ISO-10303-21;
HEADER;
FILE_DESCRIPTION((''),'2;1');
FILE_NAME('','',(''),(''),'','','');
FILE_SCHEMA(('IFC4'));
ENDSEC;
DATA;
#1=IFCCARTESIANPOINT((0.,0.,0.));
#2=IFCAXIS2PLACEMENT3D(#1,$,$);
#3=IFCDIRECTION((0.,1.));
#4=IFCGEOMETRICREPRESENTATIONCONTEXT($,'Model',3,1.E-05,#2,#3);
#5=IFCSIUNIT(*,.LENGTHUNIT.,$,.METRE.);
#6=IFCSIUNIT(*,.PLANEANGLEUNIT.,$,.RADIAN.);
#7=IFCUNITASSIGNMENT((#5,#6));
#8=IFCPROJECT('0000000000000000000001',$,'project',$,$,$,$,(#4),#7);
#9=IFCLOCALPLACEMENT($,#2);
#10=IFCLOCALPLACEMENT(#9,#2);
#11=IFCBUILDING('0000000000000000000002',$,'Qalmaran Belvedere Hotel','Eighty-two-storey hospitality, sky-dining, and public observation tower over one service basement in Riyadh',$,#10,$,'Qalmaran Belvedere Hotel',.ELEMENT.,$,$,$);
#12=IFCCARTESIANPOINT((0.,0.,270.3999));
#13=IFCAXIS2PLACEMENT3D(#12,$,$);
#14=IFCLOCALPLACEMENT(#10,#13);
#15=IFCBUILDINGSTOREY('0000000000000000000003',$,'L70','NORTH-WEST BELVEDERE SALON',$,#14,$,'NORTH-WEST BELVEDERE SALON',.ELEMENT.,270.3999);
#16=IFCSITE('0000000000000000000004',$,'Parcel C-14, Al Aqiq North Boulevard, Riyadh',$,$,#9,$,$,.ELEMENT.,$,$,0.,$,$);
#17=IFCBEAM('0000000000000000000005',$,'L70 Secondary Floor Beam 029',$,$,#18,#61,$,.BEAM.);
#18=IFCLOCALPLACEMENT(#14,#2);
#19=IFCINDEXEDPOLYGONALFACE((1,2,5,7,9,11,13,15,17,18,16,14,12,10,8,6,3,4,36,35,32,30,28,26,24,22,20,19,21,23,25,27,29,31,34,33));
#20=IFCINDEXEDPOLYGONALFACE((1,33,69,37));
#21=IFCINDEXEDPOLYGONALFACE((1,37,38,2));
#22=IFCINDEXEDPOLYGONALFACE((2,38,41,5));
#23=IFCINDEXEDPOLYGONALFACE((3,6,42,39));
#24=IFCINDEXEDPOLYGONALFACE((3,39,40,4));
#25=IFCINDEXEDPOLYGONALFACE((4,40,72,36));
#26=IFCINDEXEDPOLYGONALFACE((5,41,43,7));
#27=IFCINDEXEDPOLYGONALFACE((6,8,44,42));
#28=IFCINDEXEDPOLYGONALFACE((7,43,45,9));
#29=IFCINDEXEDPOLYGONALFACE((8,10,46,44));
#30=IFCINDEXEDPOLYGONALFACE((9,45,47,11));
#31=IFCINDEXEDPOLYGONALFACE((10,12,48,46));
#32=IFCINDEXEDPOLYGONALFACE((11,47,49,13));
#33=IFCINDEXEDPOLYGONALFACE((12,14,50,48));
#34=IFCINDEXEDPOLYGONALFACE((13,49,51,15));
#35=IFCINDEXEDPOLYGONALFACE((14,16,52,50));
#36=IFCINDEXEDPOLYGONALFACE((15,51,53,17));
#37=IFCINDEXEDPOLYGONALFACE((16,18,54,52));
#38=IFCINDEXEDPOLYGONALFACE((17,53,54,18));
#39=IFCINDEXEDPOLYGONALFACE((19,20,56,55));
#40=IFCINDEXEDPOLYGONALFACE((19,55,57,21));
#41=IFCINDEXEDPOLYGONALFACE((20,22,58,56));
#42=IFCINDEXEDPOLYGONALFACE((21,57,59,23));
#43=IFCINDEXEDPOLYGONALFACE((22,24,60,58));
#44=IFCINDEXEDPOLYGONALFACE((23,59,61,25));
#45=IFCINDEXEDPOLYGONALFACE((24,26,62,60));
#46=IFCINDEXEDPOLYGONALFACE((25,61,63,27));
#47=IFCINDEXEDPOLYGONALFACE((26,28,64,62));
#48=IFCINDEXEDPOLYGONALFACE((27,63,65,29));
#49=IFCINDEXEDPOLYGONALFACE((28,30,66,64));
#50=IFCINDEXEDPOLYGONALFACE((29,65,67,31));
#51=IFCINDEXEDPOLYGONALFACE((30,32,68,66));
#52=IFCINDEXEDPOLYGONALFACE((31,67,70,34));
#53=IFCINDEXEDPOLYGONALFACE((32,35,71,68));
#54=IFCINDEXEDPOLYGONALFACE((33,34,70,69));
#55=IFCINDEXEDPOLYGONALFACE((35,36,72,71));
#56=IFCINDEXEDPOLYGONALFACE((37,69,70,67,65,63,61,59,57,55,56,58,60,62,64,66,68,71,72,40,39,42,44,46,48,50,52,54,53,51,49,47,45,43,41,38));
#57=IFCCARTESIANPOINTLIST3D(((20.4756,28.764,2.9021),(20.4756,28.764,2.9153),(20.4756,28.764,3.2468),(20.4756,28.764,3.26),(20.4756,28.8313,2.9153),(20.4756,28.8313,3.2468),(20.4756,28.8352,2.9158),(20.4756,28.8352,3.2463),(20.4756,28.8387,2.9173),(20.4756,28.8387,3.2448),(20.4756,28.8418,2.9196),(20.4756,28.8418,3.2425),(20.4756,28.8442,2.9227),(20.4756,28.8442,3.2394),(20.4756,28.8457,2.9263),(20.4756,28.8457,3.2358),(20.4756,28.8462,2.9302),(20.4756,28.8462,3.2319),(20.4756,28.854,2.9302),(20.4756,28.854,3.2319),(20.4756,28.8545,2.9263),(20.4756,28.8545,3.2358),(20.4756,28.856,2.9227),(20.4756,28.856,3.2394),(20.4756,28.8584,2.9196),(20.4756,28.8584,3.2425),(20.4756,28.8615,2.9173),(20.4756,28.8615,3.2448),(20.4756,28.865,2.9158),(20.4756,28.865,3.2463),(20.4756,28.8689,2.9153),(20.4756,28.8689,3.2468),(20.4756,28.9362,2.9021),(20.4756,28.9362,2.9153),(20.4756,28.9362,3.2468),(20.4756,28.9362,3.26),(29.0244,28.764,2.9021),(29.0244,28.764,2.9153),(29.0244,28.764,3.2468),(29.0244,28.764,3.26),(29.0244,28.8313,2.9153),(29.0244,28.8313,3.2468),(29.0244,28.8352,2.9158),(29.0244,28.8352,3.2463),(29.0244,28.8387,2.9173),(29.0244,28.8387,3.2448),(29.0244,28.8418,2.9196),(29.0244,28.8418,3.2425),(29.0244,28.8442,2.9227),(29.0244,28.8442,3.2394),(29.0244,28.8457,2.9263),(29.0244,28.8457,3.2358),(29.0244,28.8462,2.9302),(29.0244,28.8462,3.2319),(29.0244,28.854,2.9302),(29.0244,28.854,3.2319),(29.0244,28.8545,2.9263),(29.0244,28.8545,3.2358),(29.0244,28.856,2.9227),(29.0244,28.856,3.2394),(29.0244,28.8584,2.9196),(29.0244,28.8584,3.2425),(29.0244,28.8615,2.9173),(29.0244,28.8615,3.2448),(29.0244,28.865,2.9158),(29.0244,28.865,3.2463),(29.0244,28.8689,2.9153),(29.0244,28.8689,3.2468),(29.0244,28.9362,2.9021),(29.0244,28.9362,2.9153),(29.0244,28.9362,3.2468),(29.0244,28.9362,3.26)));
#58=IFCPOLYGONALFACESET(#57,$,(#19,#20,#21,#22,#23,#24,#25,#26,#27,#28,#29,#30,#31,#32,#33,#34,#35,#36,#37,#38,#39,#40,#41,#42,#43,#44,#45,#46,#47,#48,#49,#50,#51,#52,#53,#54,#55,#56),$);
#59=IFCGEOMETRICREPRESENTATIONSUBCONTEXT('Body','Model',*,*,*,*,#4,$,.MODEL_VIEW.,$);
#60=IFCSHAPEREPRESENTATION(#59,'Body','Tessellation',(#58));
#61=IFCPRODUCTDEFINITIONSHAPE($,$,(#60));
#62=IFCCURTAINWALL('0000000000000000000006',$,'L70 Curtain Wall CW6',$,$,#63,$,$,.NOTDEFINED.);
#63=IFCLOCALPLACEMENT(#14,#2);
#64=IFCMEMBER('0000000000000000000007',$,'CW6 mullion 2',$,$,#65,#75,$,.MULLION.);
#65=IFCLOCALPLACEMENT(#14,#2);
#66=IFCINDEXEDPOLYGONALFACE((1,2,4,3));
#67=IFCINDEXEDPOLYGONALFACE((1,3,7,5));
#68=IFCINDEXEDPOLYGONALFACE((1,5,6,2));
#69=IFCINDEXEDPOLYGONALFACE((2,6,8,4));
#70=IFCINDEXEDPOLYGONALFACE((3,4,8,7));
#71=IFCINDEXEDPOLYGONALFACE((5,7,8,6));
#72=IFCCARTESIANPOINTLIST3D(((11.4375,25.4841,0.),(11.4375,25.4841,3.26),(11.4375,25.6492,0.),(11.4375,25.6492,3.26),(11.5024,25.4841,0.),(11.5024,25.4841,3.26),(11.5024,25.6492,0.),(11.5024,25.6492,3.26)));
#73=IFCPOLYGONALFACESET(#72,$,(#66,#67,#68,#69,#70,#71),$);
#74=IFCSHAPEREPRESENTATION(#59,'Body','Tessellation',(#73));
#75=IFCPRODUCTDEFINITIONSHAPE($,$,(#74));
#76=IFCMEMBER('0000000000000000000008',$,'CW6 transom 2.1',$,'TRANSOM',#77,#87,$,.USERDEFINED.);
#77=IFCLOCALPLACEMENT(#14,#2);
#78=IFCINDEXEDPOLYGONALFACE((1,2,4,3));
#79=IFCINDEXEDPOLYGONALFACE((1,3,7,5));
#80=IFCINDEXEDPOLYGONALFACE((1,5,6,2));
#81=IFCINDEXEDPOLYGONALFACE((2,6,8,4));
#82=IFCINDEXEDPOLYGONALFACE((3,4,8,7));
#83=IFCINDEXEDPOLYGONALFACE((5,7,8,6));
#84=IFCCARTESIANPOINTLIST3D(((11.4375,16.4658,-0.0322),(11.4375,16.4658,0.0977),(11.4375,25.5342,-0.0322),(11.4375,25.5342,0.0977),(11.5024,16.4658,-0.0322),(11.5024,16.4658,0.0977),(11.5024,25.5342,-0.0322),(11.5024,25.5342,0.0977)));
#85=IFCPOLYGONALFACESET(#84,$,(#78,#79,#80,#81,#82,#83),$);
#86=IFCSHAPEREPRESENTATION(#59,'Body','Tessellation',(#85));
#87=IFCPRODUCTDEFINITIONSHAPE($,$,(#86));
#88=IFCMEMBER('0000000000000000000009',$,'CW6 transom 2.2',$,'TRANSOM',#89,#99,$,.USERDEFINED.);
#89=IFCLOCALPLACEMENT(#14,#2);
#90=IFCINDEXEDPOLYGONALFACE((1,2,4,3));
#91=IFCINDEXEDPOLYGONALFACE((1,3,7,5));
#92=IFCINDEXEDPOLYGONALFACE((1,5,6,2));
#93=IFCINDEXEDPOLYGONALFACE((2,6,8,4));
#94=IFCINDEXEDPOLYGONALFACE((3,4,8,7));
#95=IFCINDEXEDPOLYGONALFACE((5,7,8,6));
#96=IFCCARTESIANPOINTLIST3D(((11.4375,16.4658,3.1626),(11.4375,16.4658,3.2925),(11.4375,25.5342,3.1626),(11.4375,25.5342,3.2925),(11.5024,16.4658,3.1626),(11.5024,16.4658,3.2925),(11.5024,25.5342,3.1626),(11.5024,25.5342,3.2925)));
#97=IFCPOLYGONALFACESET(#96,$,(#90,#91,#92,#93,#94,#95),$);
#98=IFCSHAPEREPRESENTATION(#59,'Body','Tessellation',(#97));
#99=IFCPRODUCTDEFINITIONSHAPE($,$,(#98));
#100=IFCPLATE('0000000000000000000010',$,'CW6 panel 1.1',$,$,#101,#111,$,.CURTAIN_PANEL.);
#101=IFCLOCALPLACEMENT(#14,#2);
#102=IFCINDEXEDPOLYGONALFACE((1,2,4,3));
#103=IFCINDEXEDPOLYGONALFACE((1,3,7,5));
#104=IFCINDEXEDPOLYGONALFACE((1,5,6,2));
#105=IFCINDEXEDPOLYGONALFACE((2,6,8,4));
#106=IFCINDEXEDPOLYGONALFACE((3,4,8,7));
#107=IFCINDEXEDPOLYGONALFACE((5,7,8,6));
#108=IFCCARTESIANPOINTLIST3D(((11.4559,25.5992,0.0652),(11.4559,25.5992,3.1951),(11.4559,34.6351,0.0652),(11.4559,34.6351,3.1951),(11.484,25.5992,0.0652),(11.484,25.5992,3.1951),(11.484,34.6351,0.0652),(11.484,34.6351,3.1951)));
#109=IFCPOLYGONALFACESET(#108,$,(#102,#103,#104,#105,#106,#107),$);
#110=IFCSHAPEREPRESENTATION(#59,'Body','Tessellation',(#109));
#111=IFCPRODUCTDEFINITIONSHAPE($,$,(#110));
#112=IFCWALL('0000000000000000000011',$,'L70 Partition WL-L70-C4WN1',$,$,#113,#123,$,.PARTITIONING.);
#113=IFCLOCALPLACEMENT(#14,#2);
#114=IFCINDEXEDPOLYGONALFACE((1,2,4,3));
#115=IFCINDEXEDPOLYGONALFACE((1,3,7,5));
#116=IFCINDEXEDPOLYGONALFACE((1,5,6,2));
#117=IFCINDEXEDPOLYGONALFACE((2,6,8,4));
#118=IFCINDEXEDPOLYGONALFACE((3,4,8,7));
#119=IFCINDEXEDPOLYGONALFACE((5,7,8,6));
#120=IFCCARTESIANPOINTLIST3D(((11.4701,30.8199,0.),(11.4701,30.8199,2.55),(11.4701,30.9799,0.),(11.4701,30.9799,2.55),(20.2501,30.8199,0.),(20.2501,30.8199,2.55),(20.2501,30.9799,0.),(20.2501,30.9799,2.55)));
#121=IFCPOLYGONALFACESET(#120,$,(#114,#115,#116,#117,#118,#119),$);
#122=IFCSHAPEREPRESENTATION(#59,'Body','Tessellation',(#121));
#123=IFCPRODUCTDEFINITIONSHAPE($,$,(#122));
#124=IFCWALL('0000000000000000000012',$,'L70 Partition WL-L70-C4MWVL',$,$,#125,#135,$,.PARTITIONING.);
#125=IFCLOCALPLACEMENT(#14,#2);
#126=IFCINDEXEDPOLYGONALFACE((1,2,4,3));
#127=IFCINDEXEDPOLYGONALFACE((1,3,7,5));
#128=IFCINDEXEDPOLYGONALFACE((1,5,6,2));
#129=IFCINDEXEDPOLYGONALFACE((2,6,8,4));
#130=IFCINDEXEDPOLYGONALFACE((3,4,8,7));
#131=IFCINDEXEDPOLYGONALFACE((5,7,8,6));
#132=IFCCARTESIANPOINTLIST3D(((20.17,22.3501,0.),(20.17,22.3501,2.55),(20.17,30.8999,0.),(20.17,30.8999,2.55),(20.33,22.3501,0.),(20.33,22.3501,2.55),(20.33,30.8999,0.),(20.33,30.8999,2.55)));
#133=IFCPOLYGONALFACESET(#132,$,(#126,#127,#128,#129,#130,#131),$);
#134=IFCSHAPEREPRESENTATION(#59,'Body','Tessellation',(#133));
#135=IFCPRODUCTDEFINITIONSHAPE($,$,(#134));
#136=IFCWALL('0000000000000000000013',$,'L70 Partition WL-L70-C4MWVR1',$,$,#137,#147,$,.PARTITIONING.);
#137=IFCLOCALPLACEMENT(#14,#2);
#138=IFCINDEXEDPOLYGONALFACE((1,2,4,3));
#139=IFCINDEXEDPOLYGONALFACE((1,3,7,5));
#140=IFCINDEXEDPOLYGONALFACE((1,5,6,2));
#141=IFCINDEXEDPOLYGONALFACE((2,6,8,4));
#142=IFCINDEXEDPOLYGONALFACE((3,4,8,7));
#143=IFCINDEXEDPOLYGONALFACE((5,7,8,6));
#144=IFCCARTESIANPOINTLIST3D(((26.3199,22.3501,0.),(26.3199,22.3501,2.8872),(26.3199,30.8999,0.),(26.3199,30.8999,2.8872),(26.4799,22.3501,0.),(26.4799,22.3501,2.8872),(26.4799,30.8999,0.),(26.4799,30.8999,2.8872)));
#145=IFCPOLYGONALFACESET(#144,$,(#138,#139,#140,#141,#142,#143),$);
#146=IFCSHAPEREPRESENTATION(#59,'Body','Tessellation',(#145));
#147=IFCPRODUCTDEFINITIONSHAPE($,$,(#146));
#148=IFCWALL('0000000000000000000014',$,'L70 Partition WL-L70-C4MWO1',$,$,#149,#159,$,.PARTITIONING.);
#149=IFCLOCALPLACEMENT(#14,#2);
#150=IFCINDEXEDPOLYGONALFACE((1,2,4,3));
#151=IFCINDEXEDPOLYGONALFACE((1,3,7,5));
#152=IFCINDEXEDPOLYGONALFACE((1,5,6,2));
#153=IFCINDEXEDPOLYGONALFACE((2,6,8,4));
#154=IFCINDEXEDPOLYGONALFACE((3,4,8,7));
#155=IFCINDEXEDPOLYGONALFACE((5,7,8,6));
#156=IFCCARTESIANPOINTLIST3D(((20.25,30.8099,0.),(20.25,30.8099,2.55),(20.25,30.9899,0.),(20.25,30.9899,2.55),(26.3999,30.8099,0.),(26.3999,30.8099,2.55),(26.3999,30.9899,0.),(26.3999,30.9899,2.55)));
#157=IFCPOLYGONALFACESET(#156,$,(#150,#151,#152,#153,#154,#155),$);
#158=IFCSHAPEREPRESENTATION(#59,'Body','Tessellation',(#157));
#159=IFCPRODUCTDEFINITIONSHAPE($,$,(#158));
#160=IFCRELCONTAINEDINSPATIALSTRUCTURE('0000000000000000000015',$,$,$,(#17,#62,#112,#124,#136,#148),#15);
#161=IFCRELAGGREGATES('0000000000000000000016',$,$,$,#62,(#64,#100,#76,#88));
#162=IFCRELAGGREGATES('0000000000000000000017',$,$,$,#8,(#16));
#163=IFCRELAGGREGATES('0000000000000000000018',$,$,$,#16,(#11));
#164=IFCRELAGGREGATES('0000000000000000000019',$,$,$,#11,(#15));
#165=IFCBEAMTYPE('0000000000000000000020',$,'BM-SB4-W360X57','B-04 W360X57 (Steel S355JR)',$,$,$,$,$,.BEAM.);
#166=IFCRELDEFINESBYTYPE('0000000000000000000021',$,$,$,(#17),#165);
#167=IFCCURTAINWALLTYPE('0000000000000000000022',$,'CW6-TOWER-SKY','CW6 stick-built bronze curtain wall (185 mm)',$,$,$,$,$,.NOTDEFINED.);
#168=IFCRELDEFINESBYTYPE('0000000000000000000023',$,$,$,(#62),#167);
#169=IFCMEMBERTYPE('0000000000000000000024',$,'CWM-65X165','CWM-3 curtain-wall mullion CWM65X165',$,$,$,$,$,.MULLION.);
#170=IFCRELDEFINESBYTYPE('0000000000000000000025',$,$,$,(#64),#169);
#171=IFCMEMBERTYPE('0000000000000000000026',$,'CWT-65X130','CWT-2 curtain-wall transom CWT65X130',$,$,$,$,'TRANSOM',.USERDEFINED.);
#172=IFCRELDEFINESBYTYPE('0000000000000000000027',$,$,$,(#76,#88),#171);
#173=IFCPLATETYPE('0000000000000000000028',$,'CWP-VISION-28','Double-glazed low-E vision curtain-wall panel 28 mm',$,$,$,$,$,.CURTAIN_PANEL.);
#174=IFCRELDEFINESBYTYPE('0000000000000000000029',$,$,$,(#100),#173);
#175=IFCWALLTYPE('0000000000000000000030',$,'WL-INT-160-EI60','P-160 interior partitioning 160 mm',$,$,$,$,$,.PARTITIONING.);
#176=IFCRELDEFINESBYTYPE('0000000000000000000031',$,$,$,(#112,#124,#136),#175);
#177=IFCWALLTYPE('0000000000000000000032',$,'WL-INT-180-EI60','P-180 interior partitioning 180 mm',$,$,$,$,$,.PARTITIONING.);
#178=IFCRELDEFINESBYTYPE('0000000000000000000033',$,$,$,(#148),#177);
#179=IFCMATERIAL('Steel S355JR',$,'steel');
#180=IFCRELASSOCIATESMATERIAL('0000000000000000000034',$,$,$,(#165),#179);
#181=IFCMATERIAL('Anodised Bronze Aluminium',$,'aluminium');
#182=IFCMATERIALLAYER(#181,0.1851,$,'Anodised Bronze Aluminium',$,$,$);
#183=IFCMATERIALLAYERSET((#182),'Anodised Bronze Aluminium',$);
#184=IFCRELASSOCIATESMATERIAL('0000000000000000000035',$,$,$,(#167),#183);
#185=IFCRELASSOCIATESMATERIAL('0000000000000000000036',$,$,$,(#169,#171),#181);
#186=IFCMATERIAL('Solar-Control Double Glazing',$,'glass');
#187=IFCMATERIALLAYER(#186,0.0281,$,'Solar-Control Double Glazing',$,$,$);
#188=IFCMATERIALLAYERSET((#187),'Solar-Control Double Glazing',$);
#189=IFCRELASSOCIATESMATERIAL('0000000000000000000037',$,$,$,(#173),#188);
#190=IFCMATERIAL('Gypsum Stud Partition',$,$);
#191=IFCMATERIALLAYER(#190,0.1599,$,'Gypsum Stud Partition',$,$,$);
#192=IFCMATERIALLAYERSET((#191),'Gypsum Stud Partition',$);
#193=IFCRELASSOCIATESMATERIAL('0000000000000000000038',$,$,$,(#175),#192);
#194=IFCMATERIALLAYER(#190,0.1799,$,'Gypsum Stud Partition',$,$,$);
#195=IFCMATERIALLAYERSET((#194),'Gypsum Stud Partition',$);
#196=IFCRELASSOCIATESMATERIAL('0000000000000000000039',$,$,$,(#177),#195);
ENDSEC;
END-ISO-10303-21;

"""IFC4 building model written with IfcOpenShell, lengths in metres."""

from ifc_helpers import new_model, si_unit, direction, frame, frame_2d, origin, origin_2d, place, context, subcontext, project, spatial, rectangle, i_section, extrude, material, layer, layer_set, material_profile, profile_set, type_object, element, aggregate, save


model = new_model("IFC4")

# Units and contexts
model_context = context("Model", 3, precision=1e-05, world=origin(), true_north=direction((0.0, 1.0)))
body_context = subcontext(model_context, "Body", "Model", "MODEL_VIEW")
ifc_project = project(units=[si_unit("LENGTHUNIT", "METRE"), si_unit("PLANEANGLEUNIT", "RADIAN")], contexts=[model_context])

# Site, building, storey
site_placement = place(None, origin())
site = spatial("IfcSite", under=ifc_project, at=site_placement, Name="Parcel C-14, Al Aqiq North Boulevard, Riyadh", CompositionType="ELEMENT", RefElevation=0.0)
building_placement = place(site_placement, origin())
building = spatial("IfcBuilding", under=site, at=building_placement, Name="Qalmaran Belvedere Hotel", Description="Eighty-two-storey hospitality, sky-dining, and public observation tower over one service basement in Riyadh", LongName="Qalmaran Belvedere Hotel", CompositionType="ELEMENT")
storey_placement = place(building_placement, frame((0.0, 0.0, 270.3999)))
storey = spatial("IfcBuildingStorey", under=building, at=storey_placement, Name="L70", Description="NORTH-WEST BELVEDERE SALON", LongName="NORTH-WEST BELVEDERE SALON", CompositionType="ELEMENT", Elevation=270.3999)

# Beam
ifc_material_1 = material(Name="Steel S355JR", Category="steel")
ifc_material_profile_1 = material_profile(ifc_material_1, i_section(OverallWidth=0.1721, OverallDepth=0.3579, WebThickness=0.0078, FlangeThickness=0.0132, FilletRadius=0.0149, at=origin_2d()), Name="W360X57")
ifc_profile_set_1 = profile_set([ifc_material_profile_1], Name="Steel S355JR")
beam_type = type_object("IfcBeamType", Name="BM-SB4-W360X57", Description="B-04 W360X57 (Steel S355JR)", PredefinedType="BEAM", material=ifc_profile_set_1)
beam_1_placement = place(storey_placement, frame((20.4756, 28.8501, 3.0811), z_axis=(1.0, 0.0, 0.0), x_axis=(0.0, 1.0, 0.0)))
element("IfcBeam", 1, at=beam_1_placement, inside=storey, type_object=beam_type, Name="L70 Secondary Floor Beam 029", PredefinedType="BEAM", context=body_context, shape_type="SweptSolid", body=[
    extrude(i_section(OverallWidth=0.1721, OverallDepth=0.3579, WebThickness=0.0078, FlangeThickness=0.0132, FilletRadius=0.0149, at=origin_2d()), origin(), (0.0, 0.0, 1.0), 8.5488),
])

# Curtain wall, members, plate
ifc_material_2 = material(Name="Anodised Bronze Aluminium", Category="aluminium")
ifc_layer_1 = layer(ifc_material_2, 0.1851, Name="Anodised Bronze Aluminium")
ifc_layer_set_1 = layer_set([ifc_layer_1], Name="Anodised Bronze Aluminium")
curtain_wall_type = type_object("IfcCurtainWallType", Name="CW6-TOWER-SKY", Description="CW6 stick-built bronze curtain wall (185 mm)", PredefinedType="NOTDEFINED", material=ifc_layer_set_1)
curtain_wall_placement = place(storey_placement, origin())
curtain_wall = element("IfcCurtainWall", 2, at=curtain_wall_placement, inside=storey, type_object=curtain_wall_type, Name="L70 Curtain Wall CW6", PredefinedType="NOTDEFINED")
ifc_material_profile_2 = material_profile(ifc_material_2, rectangle(XDim=0.0649, YDim=0.165, at=origin_2d()), Name="CWM65X165")
ifc_profile_set_2 = profile_set([ifc_material_profile_2], Name="Anodised Bronze Aluminium")
member_type_1 = type_object("IfcMemberType", Name="CWM-65X165", Description="CWM-3 curtain-wall mullion CWM65X165", PredefinedType="MULLION", material=ifc_profile_set_2)
member_1_placement = place(storey_placement, frame((11.47, 25.5667, 0.0), z_axis=(0.0, 0.0, 1.0), x_axis=(1.0, 0.0, 0.0)))
member_1 = element("IfcMember", 3, at=member_1_placement, type_object=member_type_1, Name="CW6 mullion 2", PredefinedType="MULLION", context=body_context, shape_type="SweptSolid", body=[
    extrude(rectangle(XDim=0.0649, YDim=0.165, at=origin_2d()), origin(), (0.0, 0.0, 1.0), 3.26),
])
ifc_material_profile_3 = material_profile(ifc_material_2, rectangle(XDim=0.0649, YDim=0.1299, at=origin_2d()), Name="CWT65X130")
ifc_profile_set_3 = profile_set([ifc_material_profile_3], Name="Anodised Bronze Aluminium")
member_type_2 = type_object("IfcMemberType", Name="CWT-65X130", Description="CWT-2 curtain-wall transom CWT65X130", ElementType="TRANSOM", PredefinedType="USERDEFINED", material=ifc_profile_set_3)
member_2_placement = place(storey_placement, frame((11.47, 25.5342, 0.0327), z_axis=(0.0, -1.0, 0.0), x_axis=(1.0, 0.0, 0.0)))
member_2 = element("IfcMember", 4, at=member_2_placement, type_object=member_type_2, Name="CW6 transom 2.1", ObjectType="TRANSOM", PredefinedType="USERDEFINED", context=body_context, shape_type="SweptSolid", body=[
    extrude(rectangle(XDim=0.0649, YDim=0.1299, at=origin_2d()), origin(), (0.0, 0.0, 1.0), 9.0684),
])
member_3_placement = place(storey_placement, frame((11.47, 25.5342, 3.2275), z_axis=(0.0, -1.0, 0.0), x_axis=(1.0, 0.0, 0.0)))
member_3 = element("IfcMember", 5, at=member_3_placement, type_object=member_type_2, Name="CW6 transom 2.2", ObjectType="TRANSOM", PredefinedType="USERDEFINED", context=body_context, shape_type="SweptSolid", body=[
    extrude(rectangle(XDim=0.0649, YDim=0.1299, at=origin_2d()), origin(), (0.0, 0.0, 1.0), 9.0684),
])
ifc_material_3 = material(Name="Solar-Control Double Glazing", Category="glass")
ifc_layer_2 = layer(ifc_material_3, 0.0281, Name="Solar-Control Double Glazing")
ifc_layer_set_2 = layer_set([ifc_layer_2], Name="Solar-Control Double Glazing")
plate_type = type_object("IfcPlateType", Name="CWP-VISION-28", Description="Double-glazed low-E vision curtain-wall panel 28 mm", PredefinedType="CURTAIN_PANEL", material=ifc_layer_set_2)
plate_placement = place(storey_placement, frame((11.47, 30.1172, 0.0652), z_axis=(0.0, 0.0, 1.0), x_axis=(0.0, -1.0, 0.0)))
plate = element("IfcPlate", 6, at=plate_placement, type_object=plate_type, Name="CW6 panel 1.1", PredefinedType="CURTAIN_PANEL", context=body_context, shape_type="SweptSolid", body=[
    extrude(rectangle(XDim=9.0359, YDim=0.0281, at=origin_2d()), origin(), (0.0, 0.0, 1.0), 3.1299),
])
aggregate(curtain_wall, [member_1, plate, member_2, member_3])

# Shared definitions
ifc_material_4 = material(Name="Gypsum Stud Partition")

# Walls
ifc_layer_3 = layer(ifc_material_4, 0.1599, Name="Gypsum Stud Partition")
ifc_layer_set_3 = layer_set([ifc_layer_3], Name="Gypsum Stud Partition")
wall_type_1 = type_object("IfcWallType", Name="WL-INT-160-EI60", Description="P-160 interior partitioning 160 mm", PredefinedType="PARTITIONING", material=ifc_layer_set_3)
wall_1_placement = place(storey_placement, frame((11.47, 30.8999, 0.0), z_axis=(0.0, 0.0, 1.0), x_axis=(1.0, 0.0, 0.0)))
element("IfcWall", 7, at=wall_1_placement, inside=storey, type_object=wall_type_1, Name="L70 Partition WL-L70-C4WN1", PredefinedType="PARTITIONING", context=body_context, shape_type="SweptSolid", body=[
    extrude(rectangle(XDim=8.78, YDim=0.1599, at=frame_2d((4.3901, 0.0))), origin(), (0.0, 0.0, 1.0), 2.55),
])
wall_2_placement = place(storey_placement, frame((20.25, 22.3501, 0.0), z_axis=(0.0, 0.0, 1.0), x_axis=(0.0, 1.0, 0.0)))
element("IfcWall", 8, at=wall_2_placement, inside=storey, type_object=wall_type_1, Name="L70 Partition WL-L70-C4MWVL", PredefinedType="PARTITIONING", context=body_context, shape_type="SweptSolid", body=[
    extrude(rectangle(XDim=8.5498, YDim=0.1599, at=frame_2d((4.2749, 0.0))), origin(), (0.0, 0.0, 1.0), 2.55),
])
wall_3_placement = place(storey_placement, frame((26.3999, 22.3501, 0.0), z_axis=(0.0, 0.0, 1.0), x_axis=(0.0, 1.0, 0.0)))
element("IfcWall", 9, at=wall_3_placement, inside=storey, type_object=wall_type_1, Name="L70 Partition WL-L70-C4MWVR1", PredefinedType="PARTITIONING", context=body_context, shape_type="SweptSolid", body=[
    extrude(rectangle(XDim=8.5498, YDim=0.1599, at=frame_2d((4.2749, 0.0))), origin(), (0.0, 0.0, 1.0), 2.8872),
])

# Shared definitions
ifc_layer_4 = layer(ifc_material_4, 0.1799, Name="Gypsum Stud Partition")
ifc_layer_set_4 = layer_set([ifc_layer_4], Name="Gypsum Stud Partition")
wall_type_2 = type_object("IfcWallType", Name="WL-INT-180-EI60", Description="P-180 interior partitioning 180 mm", PredefinedType="PARTITIONING", material=ifc_layer_set_4)

# Wall
wall_4_placement = place(storey_placement, frame((20.25, 30.8999, 0.0), z_axis=(0.0, 0.0, 1.0), x_axis=(1.0, 0.0, 0.0)))
element("IfcWall", 10, at=wall_4_placement, inside=storey, type_object=wall_type_2, Name="L70 Partition WL-L70-C4MWO1", PredefinedType="PARTITIONING", context=body_context, shape_type="SweptSolid", body=[
    extrude(rectangle(XDim=6.1499, YDim=0.1799, at=frame_2d((3.075, 0.0))), origin(), (0.0, 0.0, 1.0), 2.55),
])

save(model, "model.ifc")
